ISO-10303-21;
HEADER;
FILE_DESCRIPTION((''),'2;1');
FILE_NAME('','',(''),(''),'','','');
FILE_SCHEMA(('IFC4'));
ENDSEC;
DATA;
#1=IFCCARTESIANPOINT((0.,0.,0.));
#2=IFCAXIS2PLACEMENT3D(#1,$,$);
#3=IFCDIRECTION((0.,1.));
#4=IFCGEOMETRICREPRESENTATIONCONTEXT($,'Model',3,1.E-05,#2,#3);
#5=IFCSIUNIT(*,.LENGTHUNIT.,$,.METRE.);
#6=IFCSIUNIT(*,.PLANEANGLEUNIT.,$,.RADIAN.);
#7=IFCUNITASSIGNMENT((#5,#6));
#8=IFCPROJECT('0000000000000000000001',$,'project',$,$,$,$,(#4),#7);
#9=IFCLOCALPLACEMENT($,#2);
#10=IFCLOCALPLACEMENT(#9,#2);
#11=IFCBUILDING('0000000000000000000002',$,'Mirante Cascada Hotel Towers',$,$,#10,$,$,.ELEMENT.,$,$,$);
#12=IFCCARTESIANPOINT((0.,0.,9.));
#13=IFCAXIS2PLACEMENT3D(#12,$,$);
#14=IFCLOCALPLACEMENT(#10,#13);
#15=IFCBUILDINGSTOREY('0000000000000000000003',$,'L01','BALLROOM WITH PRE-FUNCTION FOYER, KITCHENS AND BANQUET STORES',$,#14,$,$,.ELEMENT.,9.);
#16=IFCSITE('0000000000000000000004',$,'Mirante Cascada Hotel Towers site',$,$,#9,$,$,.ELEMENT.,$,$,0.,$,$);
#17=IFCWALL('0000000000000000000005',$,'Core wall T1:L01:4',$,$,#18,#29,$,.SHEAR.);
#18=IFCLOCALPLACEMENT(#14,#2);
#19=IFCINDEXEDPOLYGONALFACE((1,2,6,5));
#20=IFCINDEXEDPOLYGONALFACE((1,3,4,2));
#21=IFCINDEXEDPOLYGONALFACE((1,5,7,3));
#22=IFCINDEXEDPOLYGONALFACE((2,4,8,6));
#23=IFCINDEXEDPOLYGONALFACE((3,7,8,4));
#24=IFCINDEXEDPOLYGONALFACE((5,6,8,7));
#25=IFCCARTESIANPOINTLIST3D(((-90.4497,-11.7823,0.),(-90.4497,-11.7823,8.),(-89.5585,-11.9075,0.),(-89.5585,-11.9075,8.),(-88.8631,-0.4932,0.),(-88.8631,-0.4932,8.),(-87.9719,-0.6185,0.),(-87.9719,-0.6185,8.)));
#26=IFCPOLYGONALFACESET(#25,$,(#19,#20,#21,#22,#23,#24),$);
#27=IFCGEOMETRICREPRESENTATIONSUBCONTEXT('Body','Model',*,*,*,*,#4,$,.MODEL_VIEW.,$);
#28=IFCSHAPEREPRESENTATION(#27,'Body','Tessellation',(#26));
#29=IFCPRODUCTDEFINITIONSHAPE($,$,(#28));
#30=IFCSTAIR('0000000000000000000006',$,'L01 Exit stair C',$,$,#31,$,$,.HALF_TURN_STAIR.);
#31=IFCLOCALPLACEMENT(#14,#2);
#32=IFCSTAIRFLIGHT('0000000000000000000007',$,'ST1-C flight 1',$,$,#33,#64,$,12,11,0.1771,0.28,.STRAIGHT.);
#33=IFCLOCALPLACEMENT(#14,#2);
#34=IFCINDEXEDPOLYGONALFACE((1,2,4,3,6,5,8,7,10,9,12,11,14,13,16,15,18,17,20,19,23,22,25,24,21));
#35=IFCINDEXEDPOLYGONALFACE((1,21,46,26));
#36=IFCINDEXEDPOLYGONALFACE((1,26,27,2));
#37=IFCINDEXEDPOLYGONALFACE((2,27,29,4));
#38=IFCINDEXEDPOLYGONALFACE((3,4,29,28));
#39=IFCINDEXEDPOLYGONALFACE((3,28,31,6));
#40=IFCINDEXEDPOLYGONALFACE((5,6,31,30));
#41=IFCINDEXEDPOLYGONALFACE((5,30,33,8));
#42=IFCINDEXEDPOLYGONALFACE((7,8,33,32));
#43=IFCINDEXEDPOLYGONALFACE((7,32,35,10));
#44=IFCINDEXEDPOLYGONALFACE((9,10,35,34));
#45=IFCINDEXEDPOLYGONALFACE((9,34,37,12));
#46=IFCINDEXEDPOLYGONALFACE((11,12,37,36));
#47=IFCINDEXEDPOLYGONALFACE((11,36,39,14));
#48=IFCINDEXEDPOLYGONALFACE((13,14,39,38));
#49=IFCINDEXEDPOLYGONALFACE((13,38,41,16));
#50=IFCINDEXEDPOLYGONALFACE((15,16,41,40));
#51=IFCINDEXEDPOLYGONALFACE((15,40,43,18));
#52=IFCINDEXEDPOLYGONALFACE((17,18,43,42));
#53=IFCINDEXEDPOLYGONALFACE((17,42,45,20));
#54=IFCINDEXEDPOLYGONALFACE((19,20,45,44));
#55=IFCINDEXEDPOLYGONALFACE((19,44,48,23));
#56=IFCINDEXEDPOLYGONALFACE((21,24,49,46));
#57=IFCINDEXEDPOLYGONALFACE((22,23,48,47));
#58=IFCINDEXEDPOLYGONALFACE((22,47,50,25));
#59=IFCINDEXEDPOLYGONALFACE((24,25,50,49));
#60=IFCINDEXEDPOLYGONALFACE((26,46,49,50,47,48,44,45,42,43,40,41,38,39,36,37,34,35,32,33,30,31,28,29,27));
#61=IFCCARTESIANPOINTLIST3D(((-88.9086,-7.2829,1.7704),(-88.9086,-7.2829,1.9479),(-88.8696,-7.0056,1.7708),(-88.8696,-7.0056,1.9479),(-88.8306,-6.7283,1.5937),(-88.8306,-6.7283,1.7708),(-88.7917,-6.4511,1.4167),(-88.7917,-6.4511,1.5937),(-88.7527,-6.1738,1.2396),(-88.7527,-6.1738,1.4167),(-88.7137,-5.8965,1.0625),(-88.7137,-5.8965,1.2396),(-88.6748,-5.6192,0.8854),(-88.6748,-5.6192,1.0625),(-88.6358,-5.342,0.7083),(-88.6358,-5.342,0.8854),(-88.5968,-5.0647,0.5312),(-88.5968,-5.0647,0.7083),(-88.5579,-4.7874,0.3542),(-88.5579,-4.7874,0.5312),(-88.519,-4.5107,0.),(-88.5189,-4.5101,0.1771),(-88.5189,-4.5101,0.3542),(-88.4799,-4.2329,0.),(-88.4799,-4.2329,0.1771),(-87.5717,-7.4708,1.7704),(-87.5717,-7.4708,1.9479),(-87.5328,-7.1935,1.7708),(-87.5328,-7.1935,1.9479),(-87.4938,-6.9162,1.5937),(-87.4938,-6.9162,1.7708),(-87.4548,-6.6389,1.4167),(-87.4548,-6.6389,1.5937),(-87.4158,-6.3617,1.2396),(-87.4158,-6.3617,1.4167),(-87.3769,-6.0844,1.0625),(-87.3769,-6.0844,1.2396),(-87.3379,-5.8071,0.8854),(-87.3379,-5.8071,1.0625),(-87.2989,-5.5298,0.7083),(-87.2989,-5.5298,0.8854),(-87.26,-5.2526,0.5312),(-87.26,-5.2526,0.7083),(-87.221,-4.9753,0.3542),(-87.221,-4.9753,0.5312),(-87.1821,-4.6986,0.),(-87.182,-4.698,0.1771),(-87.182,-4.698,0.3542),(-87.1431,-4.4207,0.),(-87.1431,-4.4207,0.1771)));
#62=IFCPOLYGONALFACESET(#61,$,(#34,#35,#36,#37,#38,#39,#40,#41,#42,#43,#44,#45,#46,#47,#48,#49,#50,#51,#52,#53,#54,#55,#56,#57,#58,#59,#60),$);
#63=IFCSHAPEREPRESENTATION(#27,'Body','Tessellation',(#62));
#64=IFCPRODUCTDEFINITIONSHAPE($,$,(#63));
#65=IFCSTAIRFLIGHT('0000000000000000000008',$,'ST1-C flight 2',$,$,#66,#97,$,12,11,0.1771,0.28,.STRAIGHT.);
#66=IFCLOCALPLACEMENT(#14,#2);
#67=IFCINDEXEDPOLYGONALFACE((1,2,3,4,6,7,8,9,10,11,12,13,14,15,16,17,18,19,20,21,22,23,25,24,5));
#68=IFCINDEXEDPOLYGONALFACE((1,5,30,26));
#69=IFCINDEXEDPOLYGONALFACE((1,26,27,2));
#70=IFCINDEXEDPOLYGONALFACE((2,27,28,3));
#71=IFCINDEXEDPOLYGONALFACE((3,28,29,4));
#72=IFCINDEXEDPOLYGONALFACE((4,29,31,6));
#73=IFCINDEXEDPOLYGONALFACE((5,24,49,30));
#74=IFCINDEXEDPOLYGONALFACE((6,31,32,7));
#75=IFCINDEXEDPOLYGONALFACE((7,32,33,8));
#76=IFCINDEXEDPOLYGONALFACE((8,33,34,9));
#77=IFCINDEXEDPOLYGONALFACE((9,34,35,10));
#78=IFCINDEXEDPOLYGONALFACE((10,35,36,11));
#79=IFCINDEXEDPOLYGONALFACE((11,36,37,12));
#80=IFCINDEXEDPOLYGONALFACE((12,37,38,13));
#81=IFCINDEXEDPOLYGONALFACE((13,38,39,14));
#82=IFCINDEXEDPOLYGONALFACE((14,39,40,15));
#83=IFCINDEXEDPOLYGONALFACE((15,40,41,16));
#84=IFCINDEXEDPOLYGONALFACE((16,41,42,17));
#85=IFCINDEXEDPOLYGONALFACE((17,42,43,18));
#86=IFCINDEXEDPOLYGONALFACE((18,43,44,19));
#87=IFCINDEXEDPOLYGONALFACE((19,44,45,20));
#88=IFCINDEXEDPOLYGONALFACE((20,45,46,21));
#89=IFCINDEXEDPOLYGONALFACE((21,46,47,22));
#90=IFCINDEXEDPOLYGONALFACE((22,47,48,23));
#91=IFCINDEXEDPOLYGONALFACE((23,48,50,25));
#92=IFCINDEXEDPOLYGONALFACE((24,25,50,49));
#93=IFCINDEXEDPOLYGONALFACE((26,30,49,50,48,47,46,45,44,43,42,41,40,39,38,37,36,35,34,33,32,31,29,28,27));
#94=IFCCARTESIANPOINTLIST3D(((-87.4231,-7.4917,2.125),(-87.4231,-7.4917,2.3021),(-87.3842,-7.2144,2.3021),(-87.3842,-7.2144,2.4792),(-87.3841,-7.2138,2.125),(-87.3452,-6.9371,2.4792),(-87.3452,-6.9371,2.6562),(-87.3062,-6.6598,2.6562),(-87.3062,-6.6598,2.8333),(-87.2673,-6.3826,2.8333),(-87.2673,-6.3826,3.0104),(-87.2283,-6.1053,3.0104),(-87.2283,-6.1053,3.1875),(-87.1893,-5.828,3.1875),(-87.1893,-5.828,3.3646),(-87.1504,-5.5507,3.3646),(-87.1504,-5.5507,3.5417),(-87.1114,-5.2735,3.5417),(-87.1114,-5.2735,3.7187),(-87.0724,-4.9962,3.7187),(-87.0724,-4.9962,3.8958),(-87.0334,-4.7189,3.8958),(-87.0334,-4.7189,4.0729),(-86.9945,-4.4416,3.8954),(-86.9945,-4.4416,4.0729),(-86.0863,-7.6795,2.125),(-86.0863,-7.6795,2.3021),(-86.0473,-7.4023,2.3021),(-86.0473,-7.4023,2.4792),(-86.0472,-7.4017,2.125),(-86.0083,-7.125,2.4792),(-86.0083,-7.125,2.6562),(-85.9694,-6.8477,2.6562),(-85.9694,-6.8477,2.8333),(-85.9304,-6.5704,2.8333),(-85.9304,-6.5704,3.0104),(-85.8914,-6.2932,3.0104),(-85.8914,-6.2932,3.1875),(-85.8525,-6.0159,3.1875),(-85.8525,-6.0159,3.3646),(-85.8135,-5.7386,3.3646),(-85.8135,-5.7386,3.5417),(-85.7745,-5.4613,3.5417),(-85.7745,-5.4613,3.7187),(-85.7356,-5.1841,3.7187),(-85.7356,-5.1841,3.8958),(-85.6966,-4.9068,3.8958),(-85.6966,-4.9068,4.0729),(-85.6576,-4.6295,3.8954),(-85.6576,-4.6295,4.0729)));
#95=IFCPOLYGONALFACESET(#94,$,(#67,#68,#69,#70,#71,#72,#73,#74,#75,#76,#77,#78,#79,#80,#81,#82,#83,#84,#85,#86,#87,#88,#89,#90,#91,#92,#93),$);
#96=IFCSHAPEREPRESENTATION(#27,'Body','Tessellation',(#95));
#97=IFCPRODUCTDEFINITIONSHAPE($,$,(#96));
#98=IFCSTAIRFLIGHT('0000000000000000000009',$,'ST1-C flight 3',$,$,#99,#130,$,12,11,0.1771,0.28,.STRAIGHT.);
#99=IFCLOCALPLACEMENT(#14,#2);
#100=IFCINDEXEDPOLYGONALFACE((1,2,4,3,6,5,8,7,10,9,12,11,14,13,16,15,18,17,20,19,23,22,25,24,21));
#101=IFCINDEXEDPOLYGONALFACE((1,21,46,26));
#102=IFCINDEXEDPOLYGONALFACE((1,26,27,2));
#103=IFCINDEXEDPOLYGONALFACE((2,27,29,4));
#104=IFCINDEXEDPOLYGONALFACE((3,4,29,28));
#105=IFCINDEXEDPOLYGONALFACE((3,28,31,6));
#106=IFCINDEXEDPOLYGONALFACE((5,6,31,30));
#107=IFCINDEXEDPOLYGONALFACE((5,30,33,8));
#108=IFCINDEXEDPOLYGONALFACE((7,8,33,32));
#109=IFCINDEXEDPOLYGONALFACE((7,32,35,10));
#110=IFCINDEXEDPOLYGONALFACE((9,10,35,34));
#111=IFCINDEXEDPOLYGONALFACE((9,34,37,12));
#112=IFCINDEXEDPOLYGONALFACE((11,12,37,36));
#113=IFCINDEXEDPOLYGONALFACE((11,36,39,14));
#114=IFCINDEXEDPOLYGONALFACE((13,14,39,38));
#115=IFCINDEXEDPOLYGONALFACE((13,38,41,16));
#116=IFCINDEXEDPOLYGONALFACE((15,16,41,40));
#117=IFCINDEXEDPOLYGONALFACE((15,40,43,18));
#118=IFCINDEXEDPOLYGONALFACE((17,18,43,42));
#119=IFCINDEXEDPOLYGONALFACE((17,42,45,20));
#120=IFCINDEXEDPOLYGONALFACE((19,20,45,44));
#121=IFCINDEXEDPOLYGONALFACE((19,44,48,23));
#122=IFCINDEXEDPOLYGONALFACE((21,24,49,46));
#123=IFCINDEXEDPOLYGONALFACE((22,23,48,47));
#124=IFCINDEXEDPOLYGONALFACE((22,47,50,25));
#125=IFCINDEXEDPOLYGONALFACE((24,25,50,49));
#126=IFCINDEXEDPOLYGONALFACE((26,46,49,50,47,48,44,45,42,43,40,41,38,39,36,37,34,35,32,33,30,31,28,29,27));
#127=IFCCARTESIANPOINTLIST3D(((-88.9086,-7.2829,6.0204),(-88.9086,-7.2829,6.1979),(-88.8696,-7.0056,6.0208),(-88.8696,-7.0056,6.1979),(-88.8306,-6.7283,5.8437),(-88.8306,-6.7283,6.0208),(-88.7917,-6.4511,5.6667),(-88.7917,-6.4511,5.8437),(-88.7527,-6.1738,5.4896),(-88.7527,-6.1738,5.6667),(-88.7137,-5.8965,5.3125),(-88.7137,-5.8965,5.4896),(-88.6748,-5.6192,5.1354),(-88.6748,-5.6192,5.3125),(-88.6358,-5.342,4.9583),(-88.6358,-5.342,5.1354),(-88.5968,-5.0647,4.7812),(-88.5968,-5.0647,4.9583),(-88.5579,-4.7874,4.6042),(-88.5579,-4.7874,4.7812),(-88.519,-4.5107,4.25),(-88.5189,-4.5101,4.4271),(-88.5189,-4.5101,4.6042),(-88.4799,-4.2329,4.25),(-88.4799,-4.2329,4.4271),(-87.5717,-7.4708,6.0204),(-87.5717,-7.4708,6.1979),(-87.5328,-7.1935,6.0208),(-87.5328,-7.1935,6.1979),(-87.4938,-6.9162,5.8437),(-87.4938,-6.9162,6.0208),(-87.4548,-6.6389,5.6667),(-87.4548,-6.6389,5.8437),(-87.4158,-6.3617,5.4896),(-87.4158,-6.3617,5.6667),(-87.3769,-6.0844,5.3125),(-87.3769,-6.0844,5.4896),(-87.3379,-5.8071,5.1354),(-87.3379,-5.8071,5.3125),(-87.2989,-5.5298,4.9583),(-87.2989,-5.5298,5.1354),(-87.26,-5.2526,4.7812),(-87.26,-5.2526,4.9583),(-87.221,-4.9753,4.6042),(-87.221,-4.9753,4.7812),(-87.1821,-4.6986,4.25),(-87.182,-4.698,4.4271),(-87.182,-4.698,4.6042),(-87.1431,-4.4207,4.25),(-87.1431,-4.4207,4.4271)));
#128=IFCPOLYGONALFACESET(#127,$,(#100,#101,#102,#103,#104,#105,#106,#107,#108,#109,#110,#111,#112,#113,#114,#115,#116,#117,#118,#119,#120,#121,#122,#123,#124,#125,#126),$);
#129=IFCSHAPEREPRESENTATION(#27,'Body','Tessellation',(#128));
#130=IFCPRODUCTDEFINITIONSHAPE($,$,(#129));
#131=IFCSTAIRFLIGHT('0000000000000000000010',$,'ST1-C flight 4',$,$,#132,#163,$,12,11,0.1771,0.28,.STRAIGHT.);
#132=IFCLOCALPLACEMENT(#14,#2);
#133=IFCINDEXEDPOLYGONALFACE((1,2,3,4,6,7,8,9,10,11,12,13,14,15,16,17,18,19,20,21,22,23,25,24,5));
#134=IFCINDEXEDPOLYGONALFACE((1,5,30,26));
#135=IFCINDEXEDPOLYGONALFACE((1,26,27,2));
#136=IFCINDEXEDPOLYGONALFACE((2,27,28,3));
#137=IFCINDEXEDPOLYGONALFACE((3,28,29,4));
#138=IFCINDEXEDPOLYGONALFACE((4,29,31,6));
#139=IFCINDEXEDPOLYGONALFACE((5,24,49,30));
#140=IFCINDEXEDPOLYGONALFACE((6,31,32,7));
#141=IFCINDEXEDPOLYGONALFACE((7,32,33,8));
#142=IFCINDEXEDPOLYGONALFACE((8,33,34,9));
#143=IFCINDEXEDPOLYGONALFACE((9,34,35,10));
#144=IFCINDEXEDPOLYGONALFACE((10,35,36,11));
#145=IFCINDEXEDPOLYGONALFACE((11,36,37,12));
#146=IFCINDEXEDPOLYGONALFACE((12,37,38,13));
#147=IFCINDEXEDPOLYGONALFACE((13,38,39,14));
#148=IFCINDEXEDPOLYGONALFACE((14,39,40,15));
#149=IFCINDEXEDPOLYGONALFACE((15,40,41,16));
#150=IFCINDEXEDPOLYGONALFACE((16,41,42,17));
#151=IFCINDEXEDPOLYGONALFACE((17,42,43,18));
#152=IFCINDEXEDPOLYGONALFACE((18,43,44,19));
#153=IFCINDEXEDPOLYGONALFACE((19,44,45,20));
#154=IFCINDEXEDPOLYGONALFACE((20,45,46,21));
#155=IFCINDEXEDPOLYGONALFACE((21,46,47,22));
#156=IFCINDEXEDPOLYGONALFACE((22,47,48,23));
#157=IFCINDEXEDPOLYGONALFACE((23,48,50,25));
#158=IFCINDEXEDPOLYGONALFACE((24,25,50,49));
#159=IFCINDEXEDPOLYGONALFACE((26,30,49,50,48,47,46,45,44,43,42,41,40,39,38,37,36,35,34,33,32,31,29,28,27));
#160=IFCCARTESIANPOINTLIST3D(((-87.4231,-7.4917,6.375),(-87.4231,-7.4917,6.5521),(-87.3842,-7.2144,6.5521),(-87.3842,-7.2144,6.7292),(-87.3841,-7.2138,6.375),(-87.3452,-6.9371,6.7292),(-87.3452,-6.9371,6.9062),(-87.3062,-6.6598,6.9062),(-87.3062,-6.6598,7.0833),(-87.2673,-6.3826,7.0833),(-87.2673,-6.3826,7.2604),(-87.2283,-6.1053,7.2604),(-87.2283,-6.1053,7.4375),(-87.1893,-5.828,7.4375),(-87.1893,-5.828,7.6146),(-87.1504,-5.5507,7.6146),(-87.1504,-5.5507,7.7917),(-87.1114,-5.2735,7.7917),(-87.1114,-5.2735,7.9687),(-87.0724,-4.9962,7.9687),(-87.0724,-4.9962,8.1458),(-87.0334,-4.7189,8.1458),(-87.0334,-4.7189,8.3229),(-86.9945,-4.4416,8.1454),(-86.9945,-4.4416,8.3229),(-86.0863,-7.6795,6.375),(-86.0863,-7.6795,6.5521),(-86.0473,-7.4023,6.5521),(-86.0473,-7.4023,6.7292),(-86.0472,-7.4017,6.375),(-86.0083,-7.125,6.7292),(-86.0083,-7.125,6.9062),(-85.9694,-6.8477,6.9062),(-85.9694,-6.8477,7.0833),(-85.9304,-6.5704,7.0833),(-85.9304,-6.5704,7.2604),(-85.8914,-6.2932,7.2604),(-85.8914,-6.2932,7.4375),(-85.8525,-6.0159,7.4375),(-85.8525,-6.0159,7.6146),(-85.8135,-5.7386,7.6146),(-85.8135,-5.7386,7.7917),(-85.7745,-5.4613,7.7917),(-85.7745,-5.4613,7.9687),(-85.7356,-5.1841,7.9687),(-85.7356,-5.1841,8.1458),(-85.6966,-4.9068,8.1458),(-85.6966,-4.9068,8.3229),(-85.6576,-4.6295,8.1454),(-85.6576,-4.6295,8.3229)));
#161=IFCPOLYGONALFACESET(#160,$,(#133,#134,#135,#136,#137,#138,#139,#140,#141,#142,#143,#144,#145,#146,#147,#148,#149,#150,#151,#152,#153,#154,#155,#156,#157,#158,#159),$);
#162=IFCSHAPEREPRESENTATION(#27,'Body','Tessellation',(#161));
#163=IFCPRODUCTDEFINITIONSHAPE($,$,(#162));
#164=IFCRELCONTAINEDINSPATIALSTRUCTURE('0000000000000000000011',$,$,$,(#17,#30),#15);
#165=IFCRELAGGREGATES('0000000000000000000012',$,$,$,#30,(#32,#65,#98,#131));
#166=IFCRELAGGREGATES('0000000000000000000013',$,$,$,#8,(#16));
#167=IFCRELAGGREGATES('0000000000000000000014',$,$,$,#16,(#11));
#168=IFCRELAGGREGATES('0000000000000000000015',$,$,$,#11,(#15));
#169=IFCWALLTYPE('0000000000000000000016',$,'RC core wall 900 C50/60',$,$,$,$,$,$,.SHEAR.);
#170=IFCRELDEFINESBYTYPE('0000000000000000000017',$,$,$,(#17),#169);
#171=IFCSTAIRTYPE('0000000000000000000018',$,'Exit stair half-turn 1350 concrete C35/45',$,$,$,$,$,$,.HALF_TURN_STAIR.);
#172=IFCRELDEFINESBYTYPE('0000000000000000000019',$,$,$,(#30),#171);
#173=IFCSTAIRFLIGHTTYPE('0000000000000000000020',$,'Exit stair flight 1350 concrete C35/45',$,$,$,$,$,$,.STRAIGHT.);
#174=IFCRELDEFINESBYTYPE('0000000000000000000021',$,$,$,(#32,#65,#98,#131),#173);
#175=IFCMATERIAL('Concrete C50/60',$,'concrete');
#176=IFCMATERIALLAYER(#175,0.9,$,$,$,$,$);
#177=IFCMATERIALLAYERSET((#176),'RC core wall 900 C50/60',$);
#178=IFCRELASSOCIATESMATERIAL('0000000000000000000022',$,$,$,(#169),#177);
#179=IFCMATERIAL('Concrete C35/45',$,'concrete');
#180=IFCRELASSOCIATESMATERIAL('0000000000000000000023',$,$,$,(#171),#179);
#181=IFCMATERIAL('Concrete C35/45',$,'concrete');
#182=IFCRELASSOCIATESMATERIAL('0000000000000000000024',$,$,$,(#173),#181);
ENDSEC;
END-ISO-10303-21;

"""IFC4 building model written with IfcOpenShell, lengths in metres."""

from ifc_helpers import new_model, si_unit, direction, frame, frame_2d, origin, place, context, subcontext, project, spatial, polyline, rectangle, outline, extrude, material, layer, layer_set, type_object, element, aggregate, save


model = new_model("IFC4")

# Units and contexts
model_context = context("Model", 3, precision=1e-05, world=origin(), true_north=direction((0.0, 1.0)))
body_context = subcontext(model_context, "Body", "Model", "MODEL_VIEW")
ifc_project = project(units=[si_unit("LENGTHUNIT", "METRE"), si_unit("PLANEANGLEUNIT", "RADIAN")], contexts=[model_context])

# Site, building, storey
site_placement = place(None, origin())
site = spatial("IfcSite", under=ifc_project, at=site_placement, Name="Mirante Cascada Hotel Towers site", CompositionType="ELEMENT", RefElevation=0.0)
building_placement = place(site_placement, origin())
building = spatial("IfcBuilding", under=site, at=building_placement, Name="Mirante Cascada Hotel Towers", CompositionType="ELEMENT")
storey_placement = place(building_placement, frame((0.0, 0.0, 9.0)))
storey = spatial("IfcBuildingStorey", under=building, at=storey_placement, Name="L01", Description="BALLROOM WITH PRE-FUNCTION FOYER, KITCHENS AND BANQUET STORES", CompositionType="ELEMENT", Elevation=9.0)

# Wall
ifc_material_1 = material(Name="Concrete C50/60", Category="concrete")
ifc_layer_1 = layer(ifc_material_1, 0.9)
ifc_layer_set_1 = layer_set([ifc_layer_1], Name="RC core wall 900 C50/60")
wall_type_1 = type_object("IfcWallType", Name="RC core wall 900 C50/60", PredefinedType="SHEAR", material=ifc_layer_set_1)
wall_1_placement = place(storey_placement, frame((-90.0041, -11.8449, 0.0), z_axis=(0.0, 0.0, 1.0), x_axis=(0.139175, 0.990268, 0.0)))
element("IfcWall", 1, at=wall_1_placement, inside=storey, type_object=wall_type_1, Name="Core wall T1:L01:4", PredefinedType="SHEAR", context=body_context, shape_type="SweptSolid", body=[
    extrude(rectangle(XDim=11.4, YDim=0.9, at=frame_2d((5.7, 0.0))), origin(), (0.0, 0.0, 1.0), 8.0),
])

# Stair, stair flights
ifc_material_2 = material(Name="Concrete C35/45", Category="concrete")
stair_type = type_object("IfcStairType", Name="Exit stair half-turn 1350 concrete C35/45", PredefinedType="HALF_TURN_STAIR", material=ifc_material_2)
stair_placement = place(storey_placement, origin())
stair = element("IfcStair", 2, at=stair_placement, inside=storey, type_object=stair_type, Name="L01 Exit stair C", PredefinedType="HALF_TURN_STAIR")
ifc_material_3 = material(Name="Concrete C35/45", Category="concrete")
stair_flight_type = type_object("IfcStairFlightType", Name="Exit stair flight 1350 concrete C35/45", PredefinedType="STRAIGHT", material=ifc_material_3)
stair_flight_1_placement = place(storey_placement, frame((-87.8115, -4.3268, 0.0), z_axis=(0.0, 0.0, 1.0), x_axis=(-0.139173, -0.990268, 0.0)))
stair_flight_1 = element("IfcStairFlight", 3, at=stair_flight_1_placement, type_object=stair_flight_type, Name="ST1-C flight 1", NumberOfRisers=12, NumberOfTreads=11, PredefinedType="STRAIGHT", RiserHeight=0.1771, TreadLength=0.28, context=body_context, shape_type="SweptSolid", body=[
    extrude(outline(polyline([(0.0, 0.0), (0.0, 0.1771), (0.28, 0.1771), (0.28, 0.3542), (0.56, 0.3542), (0.56, 0.5312), (0.84, 0.5312), (0.84, 0.7083), (1.12, 0.7083), (1.12, 0.8854), (1.4, 0.8854), (1.4, 1.0625), (1.68, 1.0625), (1.68, 1.2396), (1.96, 1.2396), (1.96, 1.4167), (2.24, 1.4167), (2.24, 1.5937), (2.52, 1.5937), (2.52, 1.7708), (2.8, 1.7708), (2.8, 1.9479), (3.08, 1.9479), (3.08, 2.125), (3.08, 1.7704), (0.2806, 0.0), (0.0, 0.0)])), frame((0.0, 0.675, 0.0), z_axis=(0.0, -1.0, 0.0), x_axis=(1.0, 0.0, 0.0)), (0.0, 0.0, 1.0), 1.35),
])
stair_flight_2_placement = place(storey_placement, frame((-86.7547, -7.5856, 2.125), z_axis=(0.0, 0.0, 1.0), x_axis=(0.139173, 0.990268, 0.0)))
stair_flight_2 = element("IfcStairFlight", 4, at=stair_flight_2_placement, type_object=stair_flight_type, Name="ST1-C flight 2", NumberOfRisers=12, NumberOfTreads=11, PredefinedType="STRAIGHT", RiserHeight=0.1771, TreadLength=0.28, context=body_context, shape_type="SweptSolid", body=[
    extrude(outline(polyline([(0.0, 0.0), (0.0, 0.1771), (0.28, 0.1771), (0.28, 0.3542), (0.56, 0.3542), (0.56, 0.5312), (0.84, 0.5312), (0.84, 0.7083), (1.12, 0.7083), (1.12, 0.8854), (1.4, 0.8854), (1.4, 1.0625), (1.68, 1.0625), (1.68, 1.2396), (1.96, 1.2396), (1.96, 1.4167), (2.24, 1.4167), (2.24, 1.5937), (2.52, 1.5937), (2.52, 1.7708), (2.8, 1.7708), (2.8, 1.9479), (3.08, 1.9479), (3.08, 2.125), (3.08, 1.7704), (0.2806, 0.0), (0.0, 0.0)])), frame((0.0, 0.675, 0.0), z_axis=(0.0, -1.0, 0.0), x_axis=(1.0, 0.0, 0.0)), (0.0, 0.0, 1.0), 1.35),
])
stair_flight_3_placement = place(storey_placement, frame((-87.8115, -4.3268, 4.25), z_axis=(0.0, 0.0, 1.0), x_axis=(-0.139173, -0.990268, 0.0)))
stair_flight_3 = element("IfcStairFlight", 5, at=stair_flight_3_placement, type_object=stair_flight_type, Name="ST1-C flight 3", NumberOfRisers=12, NumberOfTreads=11, PredefinedType="STRAIGHT", RiserHeight=0.1771, TreadLength=0.28, context=body_context, shape_type="SweptSolid", body=[
    extrude(outline(polyline([(0.0, 0.0), (0.0, 0.1771), (0.28, 0.1771), (0.28, 0.3542), (0.56, 0.3542), (0.56, 0.5312), (0.84, 0.5312), (0.84, 0.7083), (1.12, 0.7083), (1.12, 0.8854), (1.4, 0.8854), (1.4, 1.0625), (1.68, 1.0625), (1.68, 1.2396), (1.96, 1.2396), (1.96, 1.4167), (2.24, 1.4167), (2.24, 1.5937), (2.52, 1.5937), (2.52, 1.7708), (2.8, 1.7708), (2.8, 1.9479), (3.08, 1.9479), (3.08, 2.125), (3.08, 1.7704), (0.2806, 0.0), (0.0, 0.0)])), frame((0.0, 0.675, 0.0), z_axis=(0.0, -1.0, 0.0), x_axis=(1.0, 0.0, 0.0)), (0.0, 0.0, 1.0), 1.35),
])
stair_flight_4_placement = place(storey_placement, frame((-86.7547, -7.5856, 6.375), z_axis=(0.0, 0.0, 1.0), x_axis=(0.139173, 0.990268, 0.0)))
stair_flight_4 = element("IfcStairFlight", 6, at=stair_flight_4_placement, type_object=stair_flight_type, Name="ST1-C flight 4", NumberOfRisers=12, NumberOfTreads=11, PredefinedType="STRAIGHT", RiserHeight=0.1771, TreadLength=0.28, context=body_context, shape_type="SweptSolid", body=[
    extrude(outline(polyline([(0.0, 0.0), (0.0, 0.1771), (0.28, 0.1771), (0.28, 0.3542), (0.56, 0.3542), (0.56, 0.5312), (0.84, 0.5312), (0.84, 0.7083), (1.12, 0.7083), (1.12, 0.8854), (1.4, 0.8854), (1.4, 1.0625), (1.68, 1.0625), (1.68, 1.2396), (1.96, 1.2396), (1.96, 1.4167), (2.24, 1.4167), (2.24, 1.5937), (2.52, 1.5937), (2.52, 1.7708), (2.8, 1.7708), (2.8, 1.9479), (3.08, 1.9479), (3.08, 2.125), (3.08, 1.7704), (0.2806, 0.0), (0.0, 0.0)])), frame((0.0, 0.675, 0.0), z_axis=(0.0, -1.0, 0.0), x_axis=(1.0, 0.0, 0.0)), (0.0, 0.0, 1.0), 1.35),
])
aggregate(stair, [stair_flight_1, stair_flight_2, stair_flight_3, stair_flight_4])

save(model, "model.ifc")
